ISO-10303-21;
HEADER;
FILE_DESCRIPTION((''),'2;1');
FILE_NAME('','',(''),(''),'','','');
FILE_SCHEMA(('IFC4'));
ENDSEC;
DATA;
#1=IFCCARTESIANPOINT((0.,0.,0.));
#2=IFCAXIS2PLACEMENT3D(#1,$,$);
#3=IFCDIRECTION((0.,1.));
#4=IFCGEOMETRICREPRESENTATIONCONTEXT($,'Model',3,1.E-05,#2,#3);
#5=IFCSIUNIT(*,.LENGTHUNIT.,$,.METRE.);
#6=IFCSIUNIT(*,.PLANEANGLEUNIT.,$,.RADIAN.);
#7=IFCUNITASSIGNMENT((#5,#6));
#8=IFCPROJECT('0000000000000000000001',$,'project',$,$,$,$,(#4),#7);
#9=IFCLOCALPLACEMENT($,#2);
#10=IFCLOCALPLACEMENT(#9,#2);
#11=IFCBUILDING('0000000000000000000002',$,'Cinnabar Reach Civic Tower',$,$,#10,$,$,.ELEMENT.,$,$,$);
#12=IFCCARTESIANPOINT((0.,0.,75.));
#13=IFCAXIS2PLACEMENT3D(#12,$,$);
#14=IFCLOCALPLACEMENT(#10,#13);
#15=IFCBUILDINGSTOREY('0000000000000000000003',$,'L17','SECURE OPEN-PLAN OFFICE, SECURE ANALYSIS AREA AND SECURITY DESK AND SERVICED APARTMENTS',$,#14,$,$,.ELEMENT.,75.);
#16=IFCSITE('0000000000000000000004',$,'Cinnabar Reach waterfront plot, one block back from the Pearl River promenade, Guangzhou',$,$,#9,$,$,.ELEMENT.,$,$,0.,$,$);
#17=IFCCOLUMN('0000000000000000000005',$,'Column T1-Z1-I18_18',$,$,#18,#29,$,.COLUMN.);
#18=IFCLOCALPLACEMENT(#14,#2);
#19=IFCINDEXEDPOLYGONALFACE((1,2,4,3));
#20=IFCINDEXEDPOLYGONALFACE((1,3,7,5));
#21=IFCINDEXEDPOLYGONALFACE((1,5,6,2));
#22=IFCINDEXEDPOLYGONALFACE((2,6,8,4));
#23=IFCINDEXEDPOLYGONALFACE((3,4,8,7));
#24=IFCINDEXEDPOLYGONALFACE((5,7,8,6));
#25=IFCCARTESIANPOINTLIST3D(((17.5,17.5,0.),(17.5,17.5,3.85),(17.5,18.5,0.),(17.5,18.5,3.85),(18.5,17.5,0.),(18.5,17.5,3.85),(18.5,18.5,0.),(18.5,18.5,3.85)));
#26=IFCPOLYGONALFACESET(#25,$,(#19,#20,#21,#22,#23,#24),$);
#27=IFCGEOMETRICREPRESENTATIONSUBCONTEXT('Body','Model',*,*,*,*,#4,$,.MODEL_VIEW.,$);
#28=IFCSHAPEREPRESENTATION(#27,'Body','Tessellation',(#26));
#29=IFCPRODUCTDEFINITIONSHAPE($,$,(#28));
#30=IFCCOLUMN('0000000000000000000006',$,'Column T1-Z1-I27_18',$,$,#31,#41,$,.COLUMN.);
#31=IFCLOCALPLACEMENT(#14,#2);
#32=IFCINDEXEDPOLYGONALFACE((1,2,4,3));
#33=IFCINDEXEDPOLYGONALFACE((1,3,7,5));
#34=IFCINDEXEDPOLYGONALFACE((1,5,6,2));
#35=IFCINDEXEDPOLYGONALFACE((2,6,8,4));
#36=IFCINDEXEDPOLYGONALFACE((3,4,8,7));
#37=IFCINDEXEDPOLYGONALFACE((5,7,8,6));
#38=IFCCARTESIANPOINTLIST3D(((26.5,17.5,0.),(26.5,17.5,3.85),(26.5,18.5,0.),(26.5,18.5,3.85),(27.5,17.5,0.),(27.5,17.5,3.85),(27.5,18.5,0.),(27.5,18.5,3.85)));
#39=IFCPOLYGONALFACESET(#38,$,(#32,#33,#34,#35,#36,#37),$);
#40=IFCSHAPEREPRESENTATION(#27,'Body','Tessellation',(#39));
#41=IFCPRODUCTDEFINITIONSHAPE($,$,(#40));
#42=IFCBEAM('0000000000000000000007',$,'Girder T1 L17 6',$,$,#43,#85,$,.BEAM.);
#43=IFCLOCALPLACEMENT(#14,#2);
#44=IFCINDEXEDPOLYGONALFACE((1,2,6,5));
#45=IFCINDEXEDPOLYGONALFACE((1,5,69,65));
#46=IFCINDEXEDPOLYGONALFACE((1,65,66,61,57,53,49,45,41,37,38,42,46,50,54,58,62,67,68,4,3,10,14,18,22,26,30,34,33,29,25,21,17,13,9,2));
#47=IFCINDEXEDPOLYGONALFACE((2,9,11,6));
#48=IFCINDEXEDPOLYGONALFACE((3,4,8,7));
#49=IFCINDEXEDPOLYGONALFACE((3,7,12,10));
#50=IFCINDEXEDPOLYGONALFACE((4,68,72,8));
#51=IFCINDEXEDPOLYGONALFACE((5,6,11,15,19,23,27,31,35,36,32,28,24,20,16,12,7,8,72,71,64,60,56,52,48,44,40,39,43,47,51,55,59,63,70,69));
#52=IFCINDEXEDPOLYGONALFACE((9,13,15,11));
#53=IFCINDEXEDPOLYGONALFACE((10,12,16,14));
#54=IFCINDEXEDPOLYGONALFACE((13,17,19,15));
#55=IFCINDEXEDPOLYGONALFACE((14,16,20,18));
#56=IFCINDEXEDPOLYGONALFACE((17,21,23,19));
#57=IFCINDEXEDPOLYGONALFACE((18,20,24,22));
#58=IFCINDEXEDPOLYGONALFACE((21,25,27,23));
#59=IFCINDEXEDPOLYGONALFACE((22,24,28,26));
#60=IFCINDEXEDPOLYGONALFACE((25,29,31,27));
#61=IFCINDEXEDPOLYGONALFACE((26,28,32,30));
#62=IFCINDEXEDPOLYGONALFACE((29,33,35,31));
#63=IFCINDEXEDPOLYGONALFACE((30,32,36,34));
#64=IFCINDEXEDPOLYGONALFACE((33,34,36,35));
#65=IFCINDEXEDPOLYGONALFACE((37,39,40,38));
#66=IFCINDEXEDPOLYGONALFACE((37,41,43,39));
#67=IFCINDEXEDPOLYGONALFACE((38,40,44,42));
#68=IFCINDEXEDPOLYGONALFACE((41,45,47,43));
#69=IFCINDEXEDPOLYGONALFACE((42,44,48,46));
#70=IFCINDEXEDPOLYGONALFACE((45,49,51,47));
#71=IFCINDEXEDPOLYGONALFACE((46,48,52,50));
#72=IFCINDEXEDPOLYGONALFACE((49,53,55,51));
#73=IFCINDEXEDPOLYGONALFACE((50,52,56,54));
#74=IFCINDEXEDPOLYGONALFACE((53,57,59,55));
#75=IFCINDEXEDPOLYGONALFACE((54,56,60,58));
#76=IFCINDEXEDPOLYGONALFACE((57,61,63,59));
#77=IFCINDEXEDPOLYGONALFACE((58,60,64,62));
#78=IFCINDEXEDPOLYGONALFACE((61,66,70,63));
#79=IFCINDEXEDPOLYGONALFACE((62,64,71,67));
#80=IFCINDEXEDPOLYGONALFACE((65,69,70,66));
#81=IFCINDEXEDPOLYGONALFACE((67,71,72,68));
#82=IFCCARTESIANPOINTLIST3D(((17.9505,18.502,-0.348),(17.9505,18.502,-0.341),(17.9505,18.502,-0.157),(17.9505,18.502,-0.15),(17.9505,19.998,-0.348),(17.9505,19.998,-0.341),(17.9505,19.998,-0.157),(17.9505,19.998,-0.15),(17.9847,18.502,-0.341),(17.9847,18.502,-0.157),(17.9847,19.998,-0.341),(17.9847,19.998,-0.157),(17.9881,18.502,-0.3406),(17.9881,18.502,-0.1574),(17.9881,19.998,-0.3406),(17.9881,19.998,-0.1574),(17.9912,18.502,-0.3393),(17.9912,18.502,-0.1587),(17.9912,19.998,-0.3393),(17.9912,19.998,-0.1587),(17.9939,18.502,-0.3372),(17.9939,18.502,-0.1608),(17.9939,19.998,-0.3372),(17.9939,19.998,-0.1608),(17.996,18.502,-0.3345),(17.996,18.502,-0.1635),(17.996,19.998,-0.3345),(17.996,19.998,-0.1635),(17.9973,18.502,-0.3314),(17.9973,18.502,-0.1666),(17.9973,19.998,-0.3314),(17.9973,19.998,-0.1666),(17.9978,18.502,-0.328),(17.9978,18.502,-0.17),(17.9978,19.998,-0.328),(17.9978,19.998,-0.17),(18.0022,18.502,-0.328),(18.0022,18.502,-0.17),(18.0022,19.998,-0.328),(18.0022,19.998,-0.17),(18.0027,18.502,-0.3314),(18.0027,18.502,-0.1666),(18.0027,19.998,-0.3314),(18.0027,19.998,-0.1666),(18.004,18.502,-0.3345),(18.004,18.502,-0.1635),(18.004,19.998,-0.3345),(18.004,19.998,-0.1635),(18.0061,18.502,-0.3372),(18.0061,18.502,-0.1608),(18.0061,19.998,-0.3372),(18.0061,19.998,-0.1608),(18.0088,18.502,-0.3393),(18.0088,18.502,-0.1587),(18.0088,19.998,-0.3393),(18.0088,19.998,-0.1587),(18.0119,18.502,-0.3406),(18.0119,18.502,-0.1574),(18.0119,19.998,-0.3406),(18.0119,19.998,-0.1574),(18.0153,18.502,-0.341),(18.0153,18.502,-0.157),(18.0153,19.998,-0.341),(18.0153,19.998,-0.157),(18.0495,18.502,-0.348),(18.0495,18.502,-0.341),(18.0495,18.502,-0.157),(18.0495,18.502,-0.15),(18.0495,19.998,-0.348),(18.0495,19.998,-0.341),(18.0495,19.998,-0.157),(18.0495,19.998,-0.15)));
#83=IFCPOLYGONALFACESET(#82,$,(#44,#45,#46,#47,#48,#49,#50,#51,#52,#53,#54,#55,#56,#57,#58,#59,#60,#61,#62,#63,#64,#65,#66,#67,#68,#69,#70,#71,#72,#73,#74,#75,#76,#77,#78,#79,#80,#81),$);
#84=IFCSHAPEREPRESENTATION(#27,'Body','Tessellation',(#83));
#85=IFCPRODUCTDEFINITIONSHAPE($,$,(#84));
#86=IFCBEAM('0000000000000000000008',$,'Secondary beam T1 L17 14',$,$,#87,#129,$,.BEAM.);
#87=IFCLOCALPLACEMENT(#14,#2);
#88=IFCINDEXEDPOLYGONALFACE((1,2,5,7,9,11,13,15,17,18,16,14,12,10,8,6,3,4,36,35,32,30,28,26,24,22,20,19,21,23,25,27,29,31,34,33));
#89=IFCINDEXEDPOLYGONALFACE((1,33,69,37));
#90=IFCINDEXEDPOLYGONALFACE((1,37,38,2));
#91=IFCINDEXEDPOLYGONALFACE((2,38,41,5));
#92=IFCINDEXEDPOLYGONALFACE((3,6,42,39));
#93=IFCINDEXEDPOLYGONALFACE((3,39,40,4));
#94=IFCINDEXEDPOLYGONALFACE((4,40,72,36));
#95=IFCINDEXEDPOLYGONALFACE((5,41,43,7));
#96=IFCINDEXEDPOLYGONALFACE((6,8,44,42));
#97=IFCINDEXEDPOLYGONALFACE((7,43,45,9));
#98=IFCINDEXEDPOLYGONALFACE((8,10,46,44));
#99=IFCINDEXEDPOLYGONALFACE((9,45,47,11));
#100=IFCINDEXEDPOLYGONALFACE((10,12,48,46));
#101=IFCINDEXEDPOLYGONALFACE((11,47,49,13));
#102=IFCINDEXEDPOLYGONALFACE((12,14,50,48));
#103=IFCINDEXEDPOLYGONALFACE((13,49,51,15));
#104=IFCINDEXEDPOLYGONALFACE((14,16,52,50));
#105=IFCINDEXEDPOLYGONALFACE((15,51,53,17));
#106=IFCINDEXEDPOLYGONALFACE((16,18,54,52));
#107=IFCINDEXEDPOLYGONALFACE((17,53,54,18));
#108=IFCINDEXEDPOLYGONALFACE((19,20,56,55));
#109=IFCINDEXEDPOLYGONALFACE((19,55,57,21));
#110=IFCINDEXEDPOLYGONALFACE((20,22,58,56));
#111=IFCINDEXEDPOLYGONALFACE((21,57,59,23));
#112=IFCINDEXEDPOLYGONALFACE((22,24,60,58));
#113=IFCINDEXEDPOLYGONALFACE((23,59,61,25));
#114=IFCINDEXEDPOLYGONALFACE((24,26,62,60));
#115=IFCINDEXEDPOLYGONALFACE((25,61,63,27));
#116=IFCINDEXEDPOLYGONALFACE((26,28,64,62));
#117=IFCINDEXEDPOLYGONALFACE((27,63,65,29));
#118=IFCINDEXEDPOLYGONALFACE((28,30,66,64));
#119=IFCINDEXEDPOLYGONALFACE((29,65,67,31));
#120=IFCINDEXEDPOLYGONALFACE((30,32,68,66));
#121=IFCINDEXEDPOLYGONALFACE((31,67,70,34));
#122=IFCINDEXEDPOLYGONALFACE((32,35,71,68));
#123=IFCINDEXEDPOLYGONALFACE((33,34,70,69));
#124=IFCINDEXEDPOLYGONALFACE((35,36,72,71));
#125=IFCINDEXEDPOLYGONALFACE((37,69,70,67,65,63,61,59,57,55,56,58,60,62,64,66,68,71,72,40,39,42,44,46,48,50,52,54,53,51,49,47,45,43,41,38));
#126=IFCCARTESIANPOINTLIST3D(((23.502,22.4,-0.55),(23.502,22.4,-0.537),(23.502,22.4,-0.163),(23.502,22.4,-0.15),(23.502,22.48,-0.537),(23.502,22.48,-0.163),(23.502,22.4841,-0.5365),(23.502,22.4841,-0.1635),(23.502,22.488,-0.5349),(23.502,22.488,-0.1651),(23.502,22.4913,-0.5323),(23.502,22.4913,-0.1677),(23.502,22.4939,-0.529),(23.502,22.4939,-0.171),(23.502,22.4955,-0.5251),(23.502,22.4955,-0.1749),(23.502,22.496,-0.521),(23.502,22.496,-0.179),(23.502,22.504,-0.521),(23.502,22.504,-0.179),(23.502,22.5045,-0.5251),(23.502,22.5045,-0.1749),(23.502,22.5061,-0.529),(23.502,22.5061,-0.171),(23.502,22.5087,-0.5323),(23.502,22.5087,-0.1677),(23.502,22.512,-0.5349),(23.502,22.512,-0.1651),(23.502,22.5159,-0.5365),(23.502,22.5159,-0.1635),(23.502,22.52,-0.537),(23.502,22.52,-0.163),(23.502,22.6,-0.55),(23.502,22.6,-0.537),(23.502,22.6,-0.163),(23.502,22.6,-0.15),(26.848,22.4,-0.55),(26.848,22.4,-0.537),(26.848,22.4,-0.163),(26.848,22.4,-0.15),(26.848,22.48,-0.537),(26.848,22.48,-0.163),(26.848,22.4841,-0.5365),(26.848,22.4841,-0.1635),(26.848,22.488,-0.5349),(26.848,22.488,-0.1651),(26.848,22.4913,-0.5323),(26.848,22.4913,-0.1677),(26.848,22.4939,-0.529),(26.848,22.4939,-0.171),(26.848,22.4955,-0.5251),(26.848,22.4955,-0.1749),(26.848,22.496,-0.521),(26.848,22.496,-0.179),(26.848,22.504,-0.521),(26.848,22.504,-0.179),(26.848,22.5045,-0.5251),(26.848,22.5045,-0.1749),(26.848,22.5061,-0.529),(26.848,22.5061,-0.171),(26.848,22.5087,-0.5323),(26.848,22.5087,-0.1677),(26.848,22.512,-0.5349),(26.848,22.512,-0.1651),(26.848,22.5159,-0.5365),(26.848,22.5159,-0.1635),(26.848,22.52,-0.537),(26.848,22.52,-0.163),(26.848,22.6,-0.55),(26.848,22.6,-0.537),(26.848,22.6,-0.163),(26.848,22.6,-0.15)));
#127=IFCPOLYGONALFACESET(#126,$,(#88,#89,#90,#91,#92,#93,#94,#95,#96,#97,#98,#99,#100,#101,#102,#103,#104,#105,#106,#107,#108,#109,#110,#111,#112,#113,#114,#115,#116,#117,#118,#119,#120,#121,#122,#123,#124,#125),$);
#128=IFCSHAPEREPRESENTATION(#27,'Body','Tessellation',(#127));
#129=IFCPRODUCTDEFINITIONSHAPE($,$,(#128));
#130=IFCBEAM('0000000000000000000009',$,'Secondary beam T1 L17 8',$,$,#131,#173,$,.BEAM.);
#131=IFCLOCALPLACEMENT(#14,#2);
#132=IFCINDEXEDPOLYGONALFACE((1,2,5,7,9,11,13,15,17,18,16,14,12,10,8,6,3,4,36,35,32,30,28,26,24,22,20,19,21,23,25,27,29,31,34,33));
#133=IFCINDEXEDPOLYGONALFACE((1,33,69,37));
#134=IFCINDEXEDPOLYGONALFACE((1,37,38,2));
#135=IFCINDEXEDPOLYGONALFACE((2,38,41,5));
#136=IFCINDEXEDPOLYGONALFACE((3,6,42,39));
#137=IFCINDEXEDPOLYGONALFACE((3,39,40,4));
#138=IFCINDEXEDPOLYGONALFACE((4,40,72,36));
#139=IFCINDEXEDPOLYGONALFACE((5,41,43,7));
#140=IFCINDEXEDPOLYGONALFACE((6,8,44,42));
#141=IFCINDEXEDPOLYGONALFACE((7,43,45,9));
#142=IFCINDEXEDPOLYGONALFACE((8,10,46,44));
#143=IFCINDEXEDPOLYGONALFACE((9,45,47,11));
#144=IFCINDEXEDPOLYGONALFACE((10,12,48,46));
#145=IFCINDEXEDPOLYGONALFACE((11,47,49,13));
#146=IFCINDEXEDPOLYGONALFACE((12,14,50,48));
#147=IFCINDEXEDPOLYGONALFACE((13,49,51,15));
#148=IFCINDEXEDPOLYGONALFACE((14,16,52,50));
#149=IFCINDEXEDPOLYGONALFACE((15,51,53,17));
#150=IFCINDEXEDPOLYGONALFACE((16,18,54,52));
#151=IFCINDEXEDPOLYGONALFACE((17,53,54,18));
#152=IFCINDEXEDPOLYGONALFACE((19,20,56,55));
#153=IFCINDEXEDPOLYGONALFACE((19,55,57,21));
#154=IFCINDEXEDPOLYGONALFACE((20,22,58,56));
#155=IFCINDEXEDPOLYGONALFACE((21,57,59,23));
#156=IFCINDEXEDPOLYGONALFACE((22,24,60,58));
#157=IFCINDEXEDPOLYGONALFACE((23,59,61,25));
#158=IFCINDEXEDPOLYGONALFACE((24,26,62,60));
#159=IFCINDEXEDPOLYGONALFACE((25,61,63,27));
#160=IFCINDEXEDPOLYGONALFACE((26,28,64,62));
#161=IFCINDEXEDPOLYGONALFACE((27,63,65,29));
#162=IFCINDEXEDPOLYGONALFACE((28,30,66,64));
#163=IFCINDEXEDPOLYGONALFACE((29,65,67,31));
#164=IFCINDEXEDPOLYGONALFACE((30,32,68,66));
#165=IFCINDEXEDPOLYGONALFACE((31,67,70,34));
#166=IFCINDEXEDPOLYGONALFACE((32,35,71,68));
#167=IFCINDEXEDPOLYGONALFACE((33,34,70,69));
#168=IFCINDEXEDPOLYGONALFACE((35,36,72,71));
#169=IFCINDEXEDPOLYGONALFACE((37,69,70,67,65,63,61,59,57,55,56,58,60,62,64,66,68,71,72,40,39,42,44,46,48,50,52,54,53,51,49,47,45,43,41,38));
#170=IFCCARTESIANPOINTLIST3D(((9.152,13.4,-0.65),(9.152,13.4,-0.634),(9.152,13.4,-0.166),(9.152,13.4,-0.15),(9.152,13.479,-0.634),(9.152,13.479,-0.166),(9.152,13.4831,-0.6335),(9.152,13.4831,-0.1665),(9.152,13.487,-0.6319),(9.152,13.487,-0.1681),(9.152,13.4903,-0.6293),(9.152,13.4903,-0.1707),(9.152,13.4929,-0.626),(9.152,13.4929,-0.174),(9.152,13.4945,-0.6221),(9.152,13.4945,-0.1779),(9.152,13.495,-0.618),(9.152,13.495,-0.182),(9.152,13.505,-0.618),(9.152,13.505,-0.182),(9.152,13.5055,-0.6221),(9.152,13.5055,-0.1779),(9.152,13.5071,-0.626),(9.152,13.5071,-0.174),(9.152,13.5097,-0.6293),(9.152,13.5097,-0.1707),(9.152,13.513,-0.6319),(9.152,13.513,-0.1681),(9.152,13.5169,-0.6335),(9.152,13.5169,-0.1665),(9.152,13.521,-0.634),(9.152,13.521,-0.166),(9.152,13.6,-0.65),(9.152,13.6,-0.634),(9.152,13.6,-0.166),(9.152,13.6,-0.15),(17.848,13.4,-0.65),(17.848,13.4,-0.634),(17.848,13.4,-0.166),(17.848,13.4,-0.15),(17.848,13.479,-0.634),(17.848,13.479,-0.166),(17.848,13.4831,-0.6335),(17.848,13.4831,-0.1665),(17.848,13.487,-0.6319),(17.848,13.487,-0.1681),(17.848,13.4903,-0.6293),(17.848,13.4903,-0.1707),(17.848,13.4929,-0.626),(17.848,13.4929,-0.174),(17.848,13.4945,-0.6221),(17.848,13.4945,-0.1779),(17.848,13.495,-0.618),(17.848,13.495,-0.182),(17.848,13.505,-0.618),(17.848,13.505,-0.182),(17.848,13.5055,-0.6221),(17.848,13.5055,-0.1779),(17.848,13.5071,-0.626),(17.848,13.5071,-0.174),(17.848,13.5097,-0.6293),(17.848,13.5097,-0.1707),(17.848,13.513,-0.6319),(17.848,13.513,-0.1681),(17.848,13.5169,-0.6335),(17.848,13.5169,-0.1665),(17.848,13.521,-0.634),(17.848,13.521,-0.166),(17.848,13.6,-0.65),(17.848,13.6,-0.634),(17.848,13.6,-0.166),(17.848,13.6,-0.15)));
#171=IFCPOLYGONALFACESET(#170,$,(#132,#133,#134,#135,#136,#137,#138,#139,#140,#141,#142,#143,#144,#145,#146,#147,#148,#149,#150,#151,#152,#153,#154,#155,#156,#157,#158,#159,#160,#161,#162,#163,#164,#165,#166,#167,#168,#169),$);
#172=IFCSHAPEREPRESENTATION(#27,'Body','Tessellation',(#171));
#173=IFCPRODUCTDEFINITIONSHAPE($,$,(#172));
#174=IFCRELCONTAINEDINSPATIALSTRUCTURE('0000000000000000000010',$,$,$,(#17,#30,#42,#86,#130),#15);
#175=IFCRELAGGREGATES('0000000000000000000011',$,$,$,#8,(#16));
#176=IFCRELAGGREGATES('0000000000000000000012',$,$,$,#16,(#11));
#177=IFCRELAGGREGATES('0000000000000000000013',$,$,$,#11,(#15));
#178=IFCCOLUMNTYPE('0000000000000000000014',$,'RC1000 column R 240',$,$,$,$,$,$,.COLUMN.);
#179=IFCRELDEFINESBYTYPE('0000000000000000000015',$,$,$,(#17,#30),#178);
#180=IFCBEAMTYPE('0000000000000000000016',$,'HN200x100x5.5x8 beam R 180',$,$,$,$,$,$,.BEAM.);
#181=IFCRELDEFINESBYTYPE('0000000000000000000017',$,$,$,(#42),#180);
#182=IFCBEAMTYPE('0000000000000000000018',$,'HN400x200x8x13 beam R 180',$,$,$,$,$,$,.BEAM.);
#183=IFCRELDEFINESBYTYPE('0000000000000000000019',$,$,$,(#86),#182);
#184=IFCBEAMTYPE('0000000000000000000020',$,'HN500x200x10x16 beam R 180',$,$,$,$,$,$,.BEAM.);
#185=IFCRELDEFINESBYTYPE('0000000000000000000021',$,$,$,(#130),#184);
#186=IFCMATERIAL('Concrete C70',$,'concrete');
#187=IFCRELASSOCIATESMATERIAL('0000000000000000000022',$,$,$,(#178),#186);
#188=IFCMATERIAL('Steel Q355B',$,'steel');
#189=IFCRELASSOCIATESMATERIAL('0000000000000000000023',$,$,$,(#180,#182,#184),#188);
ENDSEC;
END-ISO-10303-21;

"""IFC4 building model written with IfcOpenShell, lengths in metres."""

from ifc_helpers import new_model, si_unit, direction, frame, origin, origin_2d, place, context, subcontext, project, spatial, rectangle, i_section, extrude, material, material_profile, profile_set, type_object, element, save


model = new_model("IFC4")

# Units and contexts
model_context = context("Model", 3, precision=1e-05, world=origin(), true_north=direction((0.0, 1.0)))
body_context = subcontext(model_context, "Body", "Model", "MODEL_VIEW")
ifc_project = project(units=[si_unit("LENGTHUNIT", "METRE"), si_unit("PLANEANGLEUNIT", "RADIAN")], contexts=[model_context])

# Site, building, storey
site_placement = place(None, origin())
site = spatial("IfcSite", under=ifc_project, at=site_placement, Name="Cinnabar Reach waterfront plot, one block back from the Pearl River promenade, Guangzhou", CompositionType="ELEMENT", RefElevation=0.0)
building_placement = place(site_placement, origin())
building = spatial("IfcBuilding", under=site, at=building_placement, Name="Cinnabar Reach Civic Tower", CompositionType="ELEMENT")
storey_placement = place(building_placement, frame((0.0, 0.0, 75.0)))
storey = spatial("IfcBuildingStorey", under=building, at=storey_placement, Name="L17", Description="SECURE OPEN-PLAN OFFICE, SECURE ANALYSIS AREA AND SECURITY DESK AND SERVICED APARTMENTS", CompositionType="ELEMENT", Elevation=75.0)

# Columns
ifc_material_1 = material(Name="Concrete C70", Category="concrete")
ifc_material_profile_1 = material_profile(ifc_material_1, rectangle(XDim=1.0, YDim=1.0, at=origin_2d()), Name="RC1000")
ifc_profile_set_1 = profile_set([ifc_material_profile_1], Name="Concrete C70")
column_type = type_object("IfcColumnType", Name="RC1000 column R 240", PredefinedType="COLUMN", material=ifc_profile_set_1)
for number, where, z_axis, x_axis, name in (
    (1, (18.0, 18.0, 0.0), (0.0, 0.0, 1.0), (1.0, 0.0, 0.0), "Column T1-Z1-I18_18"),
    (2, (27.0, 18.0, 0.0), (0.0, 0.0, 1.0), (1.0, 0.0, 0.0), "Column T1-Z1-I27_18"),
):
    element("IfcColumn", number, at=place(storey_placement, frame(where, z_axis=z_axis, x_axis=x_axis)), inside=storey, type_object=column_type, Name=name, PredefinedType="COLUMN", context=body_context, shape_type="SweptSolid", body=[
        extrude(rectangle(XDim=1.0, YDim=1.0, at=origin_2d()), origin(), (0.0, 0.0, 1.0), 3.85),
    ])

# Beams
ifc_material_2 = material(Name="Steel Q355B", Category="steel")
ifc_material_profile_2 = material_profile(ifc_material_2, i_section(OverallWidth=0.099, OverallDepth=0.198, WebThickness=0.0045, FlangeThickness=0.007, FilletRadius=0.013, at=origin_2d()), Name="HN200x100x5.5x8")
ifc_profile_set_2 = profile_set([ifc_material_profile_2], Name="Steel Q355B")
beam_type_1 = type_object("IfcBeamType", Name="HN200x100x5.5x8 beam R 180", PredefinedType="BEAM", material=ifc_profile_set_2)
beam_1_placement = place(storey_placement, frame((18.0, 18.502, -0.249), z_axis=(0.0, 1.0, 0.0), x_axis=(-1.0, 0.0, 0.0)))
element("IfcBeam", 3, at=beam_1_placement, inside=storey, type_object=beam_type_1, Name="Girder T1 L17 6", PredefinedType="BEAM", context=body_context, shape_type="SweptSolid", body=[
    extrude(i_section(OverallWidth=0.099, OverallDepth=0.198, WebThickness=0.0045, FlangeThickness=0.007, FilletRadius=0.013, at=origin_2d()), origin(), (0.0, 0.0, 1.0), 1.496),
])
ifc_material_profile_3 = material_profile(ifc_material_2, i_section(OverallWidth=0.2, OverallDepth=0.4, WebThickness=0.008, FlangeThickness=0.013, FilletRadius=0.016, at=origin_2d()), Name="HN400x200x8x13")
ifc_profile_set_3 = profile_set([ifc_material_profile_3], Name="Steel Q355B")
beam_type_2 = type_object("IfcBeamType", Name="HN400x200x8x13 beam R 180", PredefinedType="BEAM", material=ifc_profile_set_3)
beam_2_placement = place(storey_placement, frame((23.502, 22.5, -0.35), z_axis=(1.0, 0.0, 0.0), x_axis=(0.0, 1.0, 0.0)))
element("IfcBeam", 4, at=beam_2_placement, inside=storey, type_object=beam_type_2, Name="Secondary beam T1 L17 14", PredefinedType="BEAM", context=body_context, shape_type="SweptSolid", body=[
    extrude(i_section(OverallWidth=0.2, OverallDepth=0.4, WebThickness=0.008, FlangeThickness=0.013, FilletRadius=0.016, at=origin_2d()), origin(), (0.0, 0.0, 1.0), 3.346),
])
ifc_material_profile_4 = material_profile(ifc_material_2, i_section(OverallWidth=0.2, OverallDepth=0.5, WebThickness=0.01, FlangeThickness=0.016, FilletRadius=0.016, at=origin_2d()), Name="HN500x200x10x16")
ifc_profile_set_4 = profile_set([ifc_material_profile_4], Name="Steel Q355B")
beam_type_3 = type_object("IfcBeamType", Name="HN500x200x10x16 beam R 180", PredefinedType="BEAM", material=ifc_profile_set_4)
for number, where, z_axis, x_axis, name in (
    (5, (9.152, 13.5, -0.4), (1.0, 0.0, 0.0), (0.0, 1.0, 0.0), "Secondary beam T1 L17 8"),
):
    element("IfcBeam", number, at=place(storey_placement, frame(where, z_axis=z_axis, x_axis=x_axis)), inside=storey, type_object=beam_type_3, Name=name, PredefinedType="BEAM", context=body_context, shape_type="SweptSolid", body=[
        extrude(i_section(OverallWidth=0.2, OverallDepth=0.5, WebThickness=0.01, FlangeThickness=0.016, FilletRadius=0.016, at=origin_2d()), origin(), (0.0, 0.0, 1.0), 8.696),
    ])

save(model, "model.ifc")
